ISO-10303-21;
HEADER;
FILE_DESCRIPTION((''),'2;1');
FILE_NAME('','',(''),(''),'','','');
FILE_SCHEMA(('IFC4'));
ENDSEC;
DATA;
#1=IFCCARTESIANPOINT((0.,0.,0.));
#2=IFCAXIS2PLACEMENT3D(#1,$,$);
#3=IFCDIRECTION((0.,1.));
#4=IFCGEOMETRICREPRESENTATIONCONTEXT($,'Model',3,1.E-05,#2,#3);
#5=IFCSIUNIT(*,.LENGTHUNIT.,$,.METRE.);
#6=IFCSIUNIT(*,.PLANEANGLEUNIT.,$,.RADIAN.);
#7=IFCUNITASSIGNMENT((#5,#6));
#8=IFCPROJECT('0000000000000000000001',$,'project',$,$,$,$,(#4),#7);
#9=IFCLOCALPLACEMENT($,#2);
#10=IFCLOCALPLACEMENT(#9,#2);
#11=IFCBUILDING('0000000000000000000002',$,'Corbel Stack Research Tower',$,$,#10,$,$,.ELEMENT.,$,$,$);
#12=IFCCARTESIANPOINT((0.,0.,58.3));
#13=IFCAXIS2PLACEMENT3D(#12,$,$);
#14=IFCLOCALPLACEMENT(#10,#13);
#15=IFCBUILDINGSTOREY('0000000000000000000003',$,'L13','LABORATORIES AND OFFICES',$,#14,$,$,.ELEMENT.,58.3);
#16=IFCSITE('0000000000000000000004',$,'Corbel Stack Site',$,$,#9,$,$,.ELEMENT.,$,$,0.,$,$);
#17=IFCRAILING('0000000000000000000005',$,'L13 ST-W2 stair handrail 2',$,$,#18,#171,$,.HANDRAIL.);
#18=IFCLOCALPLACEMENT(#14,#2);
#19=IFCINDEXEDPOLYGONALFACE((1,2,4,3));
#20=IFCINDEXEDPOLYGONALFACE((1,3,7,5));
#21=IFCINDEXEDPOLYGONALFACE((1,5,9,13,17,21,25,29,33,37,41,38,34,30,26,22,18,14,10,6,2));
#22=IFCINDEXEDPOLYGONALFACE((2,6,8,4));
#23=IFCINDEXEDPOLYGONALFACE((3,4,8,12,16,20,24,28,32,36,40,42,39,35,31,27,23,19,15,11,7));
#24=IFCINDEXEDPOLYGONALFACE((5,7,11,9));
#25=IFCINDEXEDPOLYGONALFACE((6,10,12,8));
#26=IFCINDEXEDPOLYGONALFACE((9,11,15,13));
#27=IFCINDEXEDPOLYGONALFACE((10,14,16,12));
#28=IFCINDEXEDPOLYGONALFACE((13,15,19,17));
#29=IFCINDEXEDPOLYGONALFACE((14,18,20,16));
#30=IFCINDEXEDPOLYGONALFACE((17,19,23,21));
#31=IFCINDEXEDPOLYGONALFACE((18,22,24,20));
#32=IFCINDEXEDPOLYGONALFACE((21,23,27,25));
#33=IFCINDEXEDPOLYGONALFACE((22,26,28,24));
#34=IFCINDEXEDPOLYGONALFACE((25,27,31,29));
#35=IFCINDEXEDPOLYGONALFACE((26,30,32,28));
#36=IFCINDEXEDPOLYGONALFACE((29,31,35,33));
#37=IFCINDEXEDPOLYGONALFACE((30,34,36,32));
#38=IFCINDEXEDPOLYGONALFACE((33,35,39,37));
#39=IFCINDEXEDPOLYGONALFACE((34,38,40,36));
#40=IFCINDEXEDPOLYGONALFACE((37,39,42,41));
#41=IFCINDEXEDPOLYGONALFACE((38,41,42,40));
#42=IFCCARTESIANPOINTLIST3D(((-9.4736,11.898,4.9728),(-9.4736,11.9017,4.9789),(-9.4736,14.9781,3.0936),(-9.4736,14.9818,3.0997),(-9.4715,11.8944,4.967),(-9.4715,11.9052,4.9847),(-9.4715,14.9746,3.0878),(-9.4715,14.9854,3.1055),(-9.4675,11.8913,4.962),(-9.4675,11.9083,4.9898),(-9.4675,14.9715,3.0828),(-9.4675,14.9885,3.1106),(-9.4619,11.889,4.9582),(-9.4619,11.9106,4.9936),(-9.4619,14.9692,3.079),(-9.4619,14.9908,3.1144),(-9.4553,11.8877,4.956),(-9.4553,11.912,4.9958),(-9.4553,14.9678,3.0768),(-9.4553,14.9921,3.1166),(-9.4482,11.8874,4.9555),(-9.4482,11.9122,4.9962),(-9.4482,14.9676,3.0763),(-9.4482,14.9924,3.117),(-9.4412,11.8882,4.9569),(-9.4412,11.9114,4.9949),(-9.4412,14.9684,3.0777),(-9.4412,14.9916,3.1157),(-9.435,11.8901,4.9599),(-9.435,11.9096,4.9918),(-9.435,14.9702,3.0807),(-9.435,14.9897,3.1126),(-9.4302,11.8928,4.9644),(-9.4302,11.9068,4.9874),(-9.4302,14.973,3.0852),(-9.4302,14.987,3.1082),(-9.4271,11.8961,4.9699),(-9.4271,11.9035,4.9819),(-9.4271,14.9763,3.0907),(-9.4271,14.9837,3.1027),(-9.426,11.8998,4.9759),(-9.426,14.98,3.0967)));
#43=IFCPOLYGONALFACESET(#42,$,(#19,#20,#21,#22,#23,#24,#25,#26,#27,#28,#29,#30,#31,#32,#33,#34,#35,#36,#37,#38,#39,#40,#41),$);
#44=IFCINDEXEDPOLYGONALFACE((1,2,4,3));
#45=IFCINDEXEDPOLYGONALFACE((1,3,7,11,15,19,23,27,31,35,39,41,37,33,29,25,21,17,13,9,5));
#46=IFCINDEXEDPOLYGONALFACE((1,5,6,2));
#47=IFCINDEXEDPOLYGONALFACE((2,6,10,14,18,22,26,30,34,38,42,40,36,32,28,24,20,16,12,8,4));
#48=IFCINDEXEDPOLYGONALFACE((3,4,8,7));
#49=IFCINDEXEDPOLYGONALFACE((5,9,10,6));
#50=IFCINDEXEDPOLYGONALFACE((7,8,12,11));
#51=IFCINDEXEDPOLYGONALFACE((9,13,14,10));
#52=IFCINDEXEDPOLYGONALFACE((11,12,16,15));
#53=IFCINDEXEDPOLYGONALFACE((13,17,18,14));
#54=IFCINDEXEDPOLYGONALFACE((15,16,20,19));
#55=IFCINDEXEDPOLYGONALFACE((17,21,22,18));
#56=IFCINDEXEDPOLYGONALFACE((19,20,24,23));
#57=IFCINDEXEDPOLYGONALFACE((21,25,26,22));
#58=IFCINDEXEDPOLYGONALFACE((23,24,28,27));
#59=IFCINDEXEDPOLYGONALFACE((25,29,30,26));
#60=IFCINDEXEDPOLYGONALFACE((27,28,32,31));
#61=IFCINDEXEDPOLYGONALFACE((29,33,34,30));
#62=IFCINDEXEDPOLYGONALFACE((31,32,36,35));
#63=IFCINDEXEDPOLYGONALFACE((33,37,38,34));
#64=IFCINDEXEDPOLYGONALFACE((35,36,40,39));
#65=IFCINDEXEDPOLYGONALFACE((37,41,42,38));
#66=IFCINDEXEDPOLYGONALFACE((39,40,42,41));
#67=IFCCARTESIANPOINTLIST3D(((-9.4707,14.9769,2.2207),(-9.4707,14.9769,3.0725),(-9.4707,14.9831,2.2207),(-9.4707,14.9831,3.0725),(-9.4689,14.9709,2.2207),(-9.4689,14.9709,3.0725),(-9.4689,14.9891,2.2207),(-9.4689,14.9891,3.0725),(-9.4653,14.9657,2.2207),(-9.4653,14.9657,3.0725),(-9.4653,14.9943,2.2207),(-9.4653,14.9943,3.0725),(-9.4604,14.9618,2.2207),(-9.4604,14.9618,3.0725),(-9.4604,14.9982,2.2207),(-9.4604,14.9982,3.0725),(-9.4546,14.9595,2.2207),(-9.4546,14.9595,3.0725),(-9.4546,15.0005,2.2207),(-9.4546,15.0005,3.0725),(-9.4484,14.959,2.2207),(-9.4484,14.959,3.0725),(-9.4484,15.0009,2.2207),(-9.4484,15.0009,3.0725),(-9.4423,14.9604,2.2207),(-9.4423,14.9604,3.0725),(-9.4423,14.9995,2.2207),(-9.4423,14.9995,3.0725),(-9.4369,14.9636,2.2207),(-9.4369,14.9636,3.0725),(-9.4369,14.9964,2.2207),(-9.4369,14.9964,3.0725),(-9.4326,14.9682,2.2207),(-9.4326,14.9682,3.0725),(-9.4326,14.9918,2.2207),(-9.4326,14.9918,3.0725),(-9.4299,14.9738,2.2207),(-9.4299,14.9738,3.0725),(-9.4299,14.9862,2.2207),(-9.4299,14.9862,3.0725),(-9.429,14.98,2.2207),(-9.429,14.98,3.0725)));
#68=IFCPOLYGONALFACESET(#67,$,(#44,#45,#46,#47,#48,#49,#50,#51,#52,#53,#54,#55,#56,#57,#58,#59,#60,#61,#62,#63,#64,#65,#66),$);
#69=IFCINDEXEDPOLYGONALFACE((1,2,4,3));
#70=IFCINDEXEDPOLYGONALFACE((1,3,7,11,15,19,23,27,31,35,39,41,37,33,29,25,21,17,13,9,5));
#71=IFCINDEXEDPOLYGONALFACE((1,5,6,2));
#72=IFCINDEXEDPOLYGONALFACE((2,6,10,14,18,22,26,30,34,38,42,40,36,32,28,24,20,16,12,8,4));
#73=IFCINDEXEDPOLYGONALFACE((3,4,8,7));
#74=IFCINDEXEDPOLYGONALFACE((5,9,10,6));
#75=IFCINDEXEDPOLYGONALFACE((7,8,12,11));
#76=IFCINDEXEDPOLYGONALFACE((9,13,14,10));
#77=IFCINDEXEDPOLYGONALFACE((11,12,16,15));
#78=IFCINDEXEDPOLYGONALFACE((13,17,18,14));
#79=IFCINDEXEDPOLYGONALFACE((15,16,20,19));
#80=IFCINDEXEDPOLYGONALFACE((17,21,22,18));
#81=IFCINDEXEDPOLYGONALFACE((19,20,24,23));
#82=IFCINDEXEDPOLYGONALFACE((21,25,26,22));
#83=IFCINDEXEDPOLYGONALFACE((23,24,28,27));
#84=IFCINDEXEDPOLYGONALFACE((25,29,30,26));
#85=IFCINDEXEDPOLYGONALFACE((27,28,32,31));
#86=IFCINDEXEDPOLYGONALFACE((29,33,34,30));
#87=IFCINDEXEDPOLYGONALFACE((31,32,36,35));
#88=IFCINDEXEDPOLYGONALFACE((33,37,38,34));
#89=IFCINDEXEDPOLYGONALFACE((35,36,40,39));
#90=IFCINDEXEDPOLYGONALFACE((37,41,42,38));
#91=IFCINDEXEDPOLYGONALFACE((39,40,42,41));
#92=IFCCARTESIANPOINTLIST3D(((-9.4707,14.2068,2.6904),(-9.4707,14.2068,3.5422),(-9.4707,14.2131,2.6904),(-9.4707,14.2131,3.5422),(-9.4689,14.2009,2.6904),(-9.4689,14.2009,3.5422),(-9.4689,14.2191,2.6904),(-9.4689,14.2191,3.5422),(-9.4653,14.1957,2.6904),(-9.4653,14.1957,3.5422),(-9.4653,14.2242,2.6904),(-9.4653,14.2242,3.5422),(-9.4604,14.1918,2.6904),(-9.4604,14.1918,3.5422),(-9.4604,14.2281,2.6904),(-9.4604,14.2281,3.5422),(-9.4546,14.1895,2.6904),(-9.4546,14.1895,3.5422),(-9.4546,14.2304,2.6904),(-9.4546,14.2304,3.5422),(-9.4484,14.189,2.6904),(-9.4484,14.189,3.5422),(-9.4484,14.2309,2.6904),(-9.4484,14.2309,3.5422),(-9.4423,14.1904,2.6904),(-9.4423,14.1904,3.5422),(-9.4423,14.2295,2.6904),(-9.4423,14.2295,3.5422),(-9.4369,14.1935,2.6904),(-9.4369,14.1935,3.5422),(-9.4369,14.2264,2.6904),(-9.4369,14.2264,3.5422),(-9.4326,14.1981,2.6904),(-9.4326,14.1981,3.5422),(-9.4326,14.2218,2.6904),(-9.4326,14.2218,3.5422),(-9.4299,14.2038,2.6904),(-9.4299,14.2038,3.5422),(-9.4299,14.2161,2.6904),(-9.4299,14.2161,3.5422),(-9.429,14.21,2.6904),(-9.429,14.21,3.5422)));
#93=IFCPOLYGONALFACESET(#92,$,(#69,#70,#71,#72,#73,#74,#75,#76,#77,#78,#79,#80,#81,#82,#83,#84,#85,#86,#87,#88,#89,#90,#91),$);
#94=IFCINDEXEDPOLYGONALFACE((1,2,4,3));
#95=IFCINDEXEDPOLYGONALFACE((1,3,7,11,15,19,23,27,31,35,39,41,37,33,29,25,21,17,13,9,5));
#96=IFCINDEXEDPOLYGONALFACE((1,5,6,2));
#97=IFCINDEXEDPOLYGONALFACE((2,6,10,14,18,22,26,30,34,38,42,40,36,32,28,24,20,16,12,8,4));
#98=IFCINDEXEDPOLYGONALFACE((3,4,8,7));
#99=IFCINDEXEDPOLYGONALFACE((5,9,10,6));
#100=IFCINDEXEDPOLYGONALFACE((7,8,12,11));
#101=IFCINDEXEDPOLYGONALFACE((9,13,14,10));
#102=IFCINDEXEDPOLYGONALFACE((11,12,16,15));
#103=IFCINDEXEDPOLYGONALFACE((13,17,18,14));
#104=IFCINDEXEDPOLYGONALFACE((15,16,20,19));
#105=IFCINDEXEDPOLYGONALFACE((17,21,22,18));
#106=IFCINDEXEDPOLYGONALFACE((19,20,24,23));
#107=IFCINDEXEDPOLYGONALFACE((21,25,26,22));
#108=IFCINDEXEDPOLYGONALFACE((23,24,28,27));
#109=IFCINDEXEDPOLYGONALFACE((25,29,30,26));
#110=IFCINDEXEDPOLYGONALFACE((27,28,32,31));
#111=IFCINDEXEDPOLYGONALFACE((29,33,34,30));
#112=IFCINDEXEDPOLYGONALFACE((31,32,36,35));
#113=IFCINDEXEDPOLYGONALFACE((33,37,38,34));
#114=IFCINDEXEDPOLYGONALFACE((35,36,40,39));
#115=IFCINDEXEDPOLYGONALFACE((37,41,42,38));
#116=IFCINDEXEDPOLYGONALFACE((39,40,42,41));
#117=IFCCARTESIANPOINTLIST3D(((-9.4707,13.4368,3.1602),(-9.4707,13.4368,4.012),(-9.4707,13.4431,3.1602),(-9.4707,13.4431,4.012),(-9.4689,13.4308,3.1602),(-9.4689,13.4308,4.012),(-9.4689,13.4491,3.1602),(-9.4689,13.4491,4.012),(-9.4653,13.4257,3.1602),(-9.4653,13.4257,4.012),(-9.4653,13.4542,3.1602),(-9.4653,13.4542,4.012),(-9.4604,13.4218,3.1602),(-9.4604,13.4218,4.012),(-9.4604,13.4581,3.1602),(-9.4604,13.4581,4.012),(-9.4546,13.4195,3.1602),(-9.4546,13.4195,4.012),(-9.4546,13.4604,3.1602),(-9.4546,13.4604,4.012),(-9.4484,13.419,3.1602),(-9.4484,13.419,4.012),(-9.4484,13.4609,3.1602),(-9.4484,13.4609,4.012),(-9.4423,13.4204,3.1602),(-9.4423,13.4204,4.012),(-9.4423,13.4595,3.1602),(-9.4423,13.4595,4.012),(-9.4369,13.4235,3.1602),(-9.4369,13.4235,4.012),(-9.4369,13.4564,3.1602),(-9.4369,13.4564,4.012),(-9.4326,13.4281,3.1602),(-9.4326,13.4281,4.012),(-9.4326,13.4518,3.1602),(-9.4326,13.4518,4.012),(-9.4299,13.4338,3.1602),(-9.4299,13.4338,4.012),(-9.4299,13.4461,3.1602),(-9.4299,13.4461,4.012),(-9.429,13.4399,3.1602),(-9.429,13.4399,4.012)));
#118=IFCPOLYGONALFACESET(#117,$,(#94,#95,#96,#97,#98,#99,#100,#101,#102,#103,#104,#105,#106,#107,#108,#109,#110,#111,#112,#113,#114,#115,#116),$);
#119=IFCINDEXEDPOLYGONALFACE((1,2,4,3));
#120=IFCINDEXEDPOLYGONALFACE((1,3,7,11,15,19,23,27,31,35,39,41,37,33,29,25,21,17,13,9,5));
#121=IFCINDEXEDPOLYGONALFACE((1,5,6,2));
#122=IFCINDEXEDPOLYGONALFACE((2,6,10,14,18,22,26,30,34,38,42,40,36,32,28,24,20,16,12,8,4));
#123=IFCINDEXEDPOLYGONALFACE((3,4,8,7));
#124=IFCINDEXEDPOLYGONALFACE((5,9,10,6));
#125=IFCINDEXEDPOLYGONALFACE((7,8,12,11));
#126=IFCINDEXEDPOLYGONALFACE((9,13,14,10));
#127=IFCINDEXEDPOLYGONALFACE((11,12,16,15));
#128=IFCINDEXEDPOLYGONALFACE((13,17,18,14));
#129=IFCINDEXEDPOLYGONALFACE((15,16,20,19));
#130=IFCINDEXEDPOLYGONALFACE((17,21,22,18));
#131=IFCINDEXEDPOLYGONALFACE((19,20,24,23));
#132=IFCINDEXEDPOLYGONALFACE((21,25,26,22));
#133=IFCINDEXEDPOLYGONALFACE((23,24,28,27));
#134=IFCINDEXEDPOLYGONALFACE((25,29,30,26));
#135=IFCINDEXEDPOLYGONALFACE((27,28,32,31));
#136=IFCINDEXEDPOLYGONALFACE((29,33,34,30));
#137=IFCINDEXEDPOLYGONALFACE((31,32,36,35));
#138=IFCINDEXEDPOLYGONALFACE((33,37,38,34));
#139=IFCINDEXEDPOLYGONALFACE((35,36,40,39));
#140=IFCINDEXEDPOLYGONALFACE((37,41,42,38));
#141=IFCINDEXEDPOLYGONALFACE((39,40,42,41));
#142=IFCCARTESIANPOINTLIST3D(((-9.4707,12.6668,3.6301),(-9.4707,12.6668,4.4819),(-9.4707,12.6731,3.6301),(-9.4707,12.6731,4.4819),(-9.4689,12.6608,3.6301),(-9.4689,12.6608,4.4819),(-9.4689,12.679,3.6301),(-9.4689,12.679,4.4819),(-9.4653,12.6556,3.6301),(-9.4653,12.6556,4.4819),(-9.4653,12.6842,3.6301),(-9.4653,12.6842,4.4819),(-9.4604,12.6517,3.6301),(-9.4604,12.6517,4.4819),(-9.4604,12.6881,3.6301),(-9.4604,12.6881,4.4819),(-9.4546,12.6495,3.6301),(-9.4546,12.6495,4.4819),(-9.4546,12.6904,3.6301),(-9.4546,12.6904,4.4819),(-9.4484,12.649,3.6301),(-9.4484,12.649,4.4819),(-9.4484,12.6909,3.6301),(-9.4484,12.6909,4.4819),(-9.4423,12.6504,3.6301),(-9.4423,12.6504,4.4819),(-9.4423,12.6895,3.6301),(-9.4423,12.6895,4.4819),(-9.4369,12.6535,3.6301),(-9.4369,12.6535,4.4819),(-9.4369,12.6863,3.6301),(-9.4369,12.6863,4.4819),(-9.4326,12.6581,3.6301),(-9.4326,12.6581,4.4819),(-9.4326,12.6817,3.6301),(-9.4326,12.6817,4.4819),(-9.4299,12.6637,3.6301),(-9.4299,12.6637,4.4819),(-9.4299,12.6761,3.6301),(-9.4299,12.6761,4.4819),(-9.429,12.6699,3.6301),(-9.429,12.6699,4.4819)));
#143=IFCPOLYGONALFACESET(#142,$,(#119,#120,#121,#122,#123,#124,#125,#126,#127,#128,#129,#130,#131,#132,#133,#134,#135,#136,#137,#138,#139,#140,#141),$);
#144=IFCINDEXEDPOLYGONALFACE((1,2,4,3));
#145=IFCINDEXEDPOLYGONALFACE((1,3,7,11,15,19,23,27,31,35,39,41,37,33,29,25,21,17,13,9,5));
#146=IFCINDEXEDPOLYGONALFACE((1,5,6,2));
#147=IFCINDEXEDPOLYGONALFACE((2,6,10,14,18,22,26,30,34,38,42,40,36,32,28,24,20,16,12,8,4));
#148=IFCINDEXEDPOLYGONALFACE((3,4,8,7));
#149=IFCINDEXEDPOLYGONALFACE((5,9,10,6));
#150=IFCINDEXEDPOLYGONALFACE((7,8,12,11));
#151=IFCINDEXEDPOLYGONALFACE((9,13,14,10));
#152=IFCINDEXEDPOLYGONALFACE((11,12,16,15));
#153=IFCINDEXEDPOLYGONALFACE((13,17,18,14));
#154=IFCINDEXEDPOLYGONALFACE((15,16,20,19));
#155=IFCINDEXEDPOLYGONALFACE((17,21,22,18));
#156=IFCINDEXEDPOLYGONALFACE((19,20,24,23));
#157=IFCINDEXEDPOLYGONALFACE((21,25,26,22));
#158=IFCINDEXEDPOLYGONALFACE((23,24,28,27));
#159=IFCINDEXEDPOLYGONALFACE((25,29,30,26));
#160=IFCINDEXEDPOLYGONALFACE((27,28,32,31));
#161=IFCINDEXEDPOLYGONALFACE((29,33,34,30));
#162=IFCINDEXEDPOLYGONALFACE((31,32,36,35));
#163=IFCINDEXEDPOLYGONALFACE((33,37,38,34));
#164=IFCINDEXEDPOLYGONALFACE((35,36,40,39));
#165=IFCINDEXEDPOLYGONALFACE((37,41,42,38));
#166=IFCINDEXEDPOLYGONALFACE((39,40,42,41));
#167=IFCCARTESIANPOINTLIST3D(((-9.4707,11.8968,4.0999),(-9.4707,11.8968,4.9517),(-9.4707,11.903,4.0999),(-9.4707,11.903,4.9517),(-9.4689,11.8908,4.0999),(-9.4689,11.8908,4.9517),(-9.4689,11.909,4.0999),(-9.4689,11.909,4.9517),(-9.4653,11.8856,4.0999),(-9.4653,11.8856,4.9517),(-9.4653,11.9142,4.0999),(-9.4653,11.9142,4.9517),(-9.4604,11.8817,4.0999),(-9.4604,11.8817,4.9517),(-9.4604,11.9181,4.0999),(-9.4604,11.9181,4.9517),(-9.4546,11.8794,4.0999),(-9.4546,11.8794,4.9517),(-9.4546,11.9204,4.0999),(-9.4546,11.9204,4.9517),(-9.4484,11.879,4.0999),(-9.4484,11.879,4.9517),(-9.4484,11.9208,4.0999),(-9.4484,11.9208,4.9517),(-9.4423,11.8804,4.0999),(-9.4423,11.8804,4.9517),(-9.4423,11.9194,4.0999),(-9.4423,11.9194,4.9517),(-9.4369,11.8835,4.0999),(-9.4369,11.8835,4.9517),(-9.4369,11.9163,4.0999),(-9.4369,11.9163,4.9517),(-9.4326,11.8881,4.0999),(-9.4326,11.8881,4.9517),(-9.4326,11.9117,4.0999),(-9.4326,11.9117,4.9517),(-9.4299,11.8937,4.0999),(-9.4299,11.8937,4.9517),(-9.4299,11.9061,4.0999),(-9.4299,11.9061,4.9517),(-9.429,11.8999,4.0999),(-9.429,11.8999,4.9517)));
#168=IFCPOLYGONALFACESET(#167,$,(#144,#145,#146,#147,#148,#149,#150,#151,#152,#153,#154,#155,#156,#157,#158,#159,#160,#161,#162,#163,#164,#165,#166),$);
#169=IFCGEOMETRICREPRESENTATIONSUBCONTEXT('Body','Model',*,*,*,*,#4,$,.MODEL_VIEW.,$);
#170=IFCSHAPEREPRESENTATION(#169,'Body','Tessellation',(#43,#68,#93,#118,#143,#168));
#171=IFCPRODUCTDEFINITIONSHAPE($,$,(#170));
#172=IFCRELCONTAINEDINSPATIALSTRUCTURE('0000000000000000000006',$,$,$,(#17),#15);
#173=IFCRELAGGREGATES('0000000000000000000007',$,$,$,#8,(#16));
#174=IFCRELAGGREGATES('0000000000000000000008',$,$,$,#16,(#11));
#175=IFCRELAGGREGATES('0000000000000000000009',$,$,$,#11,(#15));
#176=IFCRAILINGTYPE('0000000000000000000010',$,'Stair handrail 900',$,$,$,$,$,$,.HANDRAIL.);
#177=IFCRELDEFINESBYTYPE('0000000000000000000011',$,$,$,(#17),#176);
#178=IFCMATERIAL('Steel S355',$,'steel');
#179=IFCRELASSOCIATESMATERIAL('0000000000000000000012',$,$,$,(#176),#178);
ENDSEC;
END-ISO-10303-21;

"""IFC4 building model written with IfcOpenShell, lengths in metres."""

from ifc_helpers import new_model, si_unit, direction, frame, origin, origin_2d, place, context, subcontext, project, spatial, circle, extrude, material, type_object, element, save


model = new_model("IFC4")

# Units and contexts
model_context = context("Model", 3, precision=1e-05, world=origin(), true_north=direction((0.0, 1.0)))
body_context = subcontext(model_context, "Body", "Model", "MODEL_VIEW")
ifc_project = project(units=[si_unit("LENGTHUNIT", "METRE"), si_unit("PLANEANGLEUNIT", "RADIAN")], contexts=[model_context])

# Site, building, storey
site_placement = place(None, origin())
site = spatial("IfcSite", under=ifc_project, at=site_placement, Name="Corbel Stack Site", CompositionType="ELEMENT", RefElevation=0.0)
building_placement = place(site_placement, origin())
building = spatial("IfcBuilding", under=site, at=building_placement, Name="Corbel Stack Research Tower", CompositionType="ELEMENT")
storey_placement = place(building_placement, frame((0.0, 0.0, 58.3)))
storey = spatial("IfcBuildingStorey", under=building, at=storey_placement, Name="L13", Description="LABORATORIES AND OFFICES", CompositionType="ELEMENT", Elevation=58.3)

# Railing
ifc_material_1 = material(Name="Steel S355", Category="steel")
railing_type_1 = type_object("IfcRailingType", Name="Stair handrail 900", PredefinedType="HANDRAIL", material=ifc_material_1)
railing_1_placement = place(storey_placement, frame((-9.45, 14.98, 2.2207)))
element("IfcRailing", 1, at=railing_1_placement, inside=storey, type_object=railing_type_1, Name="L13 ST-W2 stair handrail 2", PredefinedType="HANDRAIL", context=body_context, shape_type="SweptSolid", body=[
    extrude(circle(Radius=0.0239, at=origin_2d()), frame((0.0, 0.0, 0.876), z_axis=(0.0, -0.853666, 0.52082), x_axis=(1.0, 0.0, 0.0)), (0.0, 0.0, 1.0), 3.6082),
    extrude(circle(Radius=0.021, at=origin_2d()), origin(), (0.0, 0.0, 1.0), 0.8518),
    extrude(circle(Radius=0.021, at=origin_2d()), frame((0.0, -0.77, 0.4697)), (0.0, 0.0, 1.0), 0.8518),
    extrude(circle(Radius=0.021, at=origin_2d()), frame((0.0, -1.54, 0.9395)), (0.0, 0.0, 1.0), 0.8518),
    extrude(circle(Radius=0.021, at=origin_2d()), frame((0.0, -2.3101, 1.4094)), (0.0, 0.0, 1.0), 0.8518),
    extrude(circle(Radius=0.021, at=origin_2d()), frame((0.0, -3.0801, 1.8792)), (0.0, 0.0, 1.0), 0.8518),
])

save(model, "model.ifc")
